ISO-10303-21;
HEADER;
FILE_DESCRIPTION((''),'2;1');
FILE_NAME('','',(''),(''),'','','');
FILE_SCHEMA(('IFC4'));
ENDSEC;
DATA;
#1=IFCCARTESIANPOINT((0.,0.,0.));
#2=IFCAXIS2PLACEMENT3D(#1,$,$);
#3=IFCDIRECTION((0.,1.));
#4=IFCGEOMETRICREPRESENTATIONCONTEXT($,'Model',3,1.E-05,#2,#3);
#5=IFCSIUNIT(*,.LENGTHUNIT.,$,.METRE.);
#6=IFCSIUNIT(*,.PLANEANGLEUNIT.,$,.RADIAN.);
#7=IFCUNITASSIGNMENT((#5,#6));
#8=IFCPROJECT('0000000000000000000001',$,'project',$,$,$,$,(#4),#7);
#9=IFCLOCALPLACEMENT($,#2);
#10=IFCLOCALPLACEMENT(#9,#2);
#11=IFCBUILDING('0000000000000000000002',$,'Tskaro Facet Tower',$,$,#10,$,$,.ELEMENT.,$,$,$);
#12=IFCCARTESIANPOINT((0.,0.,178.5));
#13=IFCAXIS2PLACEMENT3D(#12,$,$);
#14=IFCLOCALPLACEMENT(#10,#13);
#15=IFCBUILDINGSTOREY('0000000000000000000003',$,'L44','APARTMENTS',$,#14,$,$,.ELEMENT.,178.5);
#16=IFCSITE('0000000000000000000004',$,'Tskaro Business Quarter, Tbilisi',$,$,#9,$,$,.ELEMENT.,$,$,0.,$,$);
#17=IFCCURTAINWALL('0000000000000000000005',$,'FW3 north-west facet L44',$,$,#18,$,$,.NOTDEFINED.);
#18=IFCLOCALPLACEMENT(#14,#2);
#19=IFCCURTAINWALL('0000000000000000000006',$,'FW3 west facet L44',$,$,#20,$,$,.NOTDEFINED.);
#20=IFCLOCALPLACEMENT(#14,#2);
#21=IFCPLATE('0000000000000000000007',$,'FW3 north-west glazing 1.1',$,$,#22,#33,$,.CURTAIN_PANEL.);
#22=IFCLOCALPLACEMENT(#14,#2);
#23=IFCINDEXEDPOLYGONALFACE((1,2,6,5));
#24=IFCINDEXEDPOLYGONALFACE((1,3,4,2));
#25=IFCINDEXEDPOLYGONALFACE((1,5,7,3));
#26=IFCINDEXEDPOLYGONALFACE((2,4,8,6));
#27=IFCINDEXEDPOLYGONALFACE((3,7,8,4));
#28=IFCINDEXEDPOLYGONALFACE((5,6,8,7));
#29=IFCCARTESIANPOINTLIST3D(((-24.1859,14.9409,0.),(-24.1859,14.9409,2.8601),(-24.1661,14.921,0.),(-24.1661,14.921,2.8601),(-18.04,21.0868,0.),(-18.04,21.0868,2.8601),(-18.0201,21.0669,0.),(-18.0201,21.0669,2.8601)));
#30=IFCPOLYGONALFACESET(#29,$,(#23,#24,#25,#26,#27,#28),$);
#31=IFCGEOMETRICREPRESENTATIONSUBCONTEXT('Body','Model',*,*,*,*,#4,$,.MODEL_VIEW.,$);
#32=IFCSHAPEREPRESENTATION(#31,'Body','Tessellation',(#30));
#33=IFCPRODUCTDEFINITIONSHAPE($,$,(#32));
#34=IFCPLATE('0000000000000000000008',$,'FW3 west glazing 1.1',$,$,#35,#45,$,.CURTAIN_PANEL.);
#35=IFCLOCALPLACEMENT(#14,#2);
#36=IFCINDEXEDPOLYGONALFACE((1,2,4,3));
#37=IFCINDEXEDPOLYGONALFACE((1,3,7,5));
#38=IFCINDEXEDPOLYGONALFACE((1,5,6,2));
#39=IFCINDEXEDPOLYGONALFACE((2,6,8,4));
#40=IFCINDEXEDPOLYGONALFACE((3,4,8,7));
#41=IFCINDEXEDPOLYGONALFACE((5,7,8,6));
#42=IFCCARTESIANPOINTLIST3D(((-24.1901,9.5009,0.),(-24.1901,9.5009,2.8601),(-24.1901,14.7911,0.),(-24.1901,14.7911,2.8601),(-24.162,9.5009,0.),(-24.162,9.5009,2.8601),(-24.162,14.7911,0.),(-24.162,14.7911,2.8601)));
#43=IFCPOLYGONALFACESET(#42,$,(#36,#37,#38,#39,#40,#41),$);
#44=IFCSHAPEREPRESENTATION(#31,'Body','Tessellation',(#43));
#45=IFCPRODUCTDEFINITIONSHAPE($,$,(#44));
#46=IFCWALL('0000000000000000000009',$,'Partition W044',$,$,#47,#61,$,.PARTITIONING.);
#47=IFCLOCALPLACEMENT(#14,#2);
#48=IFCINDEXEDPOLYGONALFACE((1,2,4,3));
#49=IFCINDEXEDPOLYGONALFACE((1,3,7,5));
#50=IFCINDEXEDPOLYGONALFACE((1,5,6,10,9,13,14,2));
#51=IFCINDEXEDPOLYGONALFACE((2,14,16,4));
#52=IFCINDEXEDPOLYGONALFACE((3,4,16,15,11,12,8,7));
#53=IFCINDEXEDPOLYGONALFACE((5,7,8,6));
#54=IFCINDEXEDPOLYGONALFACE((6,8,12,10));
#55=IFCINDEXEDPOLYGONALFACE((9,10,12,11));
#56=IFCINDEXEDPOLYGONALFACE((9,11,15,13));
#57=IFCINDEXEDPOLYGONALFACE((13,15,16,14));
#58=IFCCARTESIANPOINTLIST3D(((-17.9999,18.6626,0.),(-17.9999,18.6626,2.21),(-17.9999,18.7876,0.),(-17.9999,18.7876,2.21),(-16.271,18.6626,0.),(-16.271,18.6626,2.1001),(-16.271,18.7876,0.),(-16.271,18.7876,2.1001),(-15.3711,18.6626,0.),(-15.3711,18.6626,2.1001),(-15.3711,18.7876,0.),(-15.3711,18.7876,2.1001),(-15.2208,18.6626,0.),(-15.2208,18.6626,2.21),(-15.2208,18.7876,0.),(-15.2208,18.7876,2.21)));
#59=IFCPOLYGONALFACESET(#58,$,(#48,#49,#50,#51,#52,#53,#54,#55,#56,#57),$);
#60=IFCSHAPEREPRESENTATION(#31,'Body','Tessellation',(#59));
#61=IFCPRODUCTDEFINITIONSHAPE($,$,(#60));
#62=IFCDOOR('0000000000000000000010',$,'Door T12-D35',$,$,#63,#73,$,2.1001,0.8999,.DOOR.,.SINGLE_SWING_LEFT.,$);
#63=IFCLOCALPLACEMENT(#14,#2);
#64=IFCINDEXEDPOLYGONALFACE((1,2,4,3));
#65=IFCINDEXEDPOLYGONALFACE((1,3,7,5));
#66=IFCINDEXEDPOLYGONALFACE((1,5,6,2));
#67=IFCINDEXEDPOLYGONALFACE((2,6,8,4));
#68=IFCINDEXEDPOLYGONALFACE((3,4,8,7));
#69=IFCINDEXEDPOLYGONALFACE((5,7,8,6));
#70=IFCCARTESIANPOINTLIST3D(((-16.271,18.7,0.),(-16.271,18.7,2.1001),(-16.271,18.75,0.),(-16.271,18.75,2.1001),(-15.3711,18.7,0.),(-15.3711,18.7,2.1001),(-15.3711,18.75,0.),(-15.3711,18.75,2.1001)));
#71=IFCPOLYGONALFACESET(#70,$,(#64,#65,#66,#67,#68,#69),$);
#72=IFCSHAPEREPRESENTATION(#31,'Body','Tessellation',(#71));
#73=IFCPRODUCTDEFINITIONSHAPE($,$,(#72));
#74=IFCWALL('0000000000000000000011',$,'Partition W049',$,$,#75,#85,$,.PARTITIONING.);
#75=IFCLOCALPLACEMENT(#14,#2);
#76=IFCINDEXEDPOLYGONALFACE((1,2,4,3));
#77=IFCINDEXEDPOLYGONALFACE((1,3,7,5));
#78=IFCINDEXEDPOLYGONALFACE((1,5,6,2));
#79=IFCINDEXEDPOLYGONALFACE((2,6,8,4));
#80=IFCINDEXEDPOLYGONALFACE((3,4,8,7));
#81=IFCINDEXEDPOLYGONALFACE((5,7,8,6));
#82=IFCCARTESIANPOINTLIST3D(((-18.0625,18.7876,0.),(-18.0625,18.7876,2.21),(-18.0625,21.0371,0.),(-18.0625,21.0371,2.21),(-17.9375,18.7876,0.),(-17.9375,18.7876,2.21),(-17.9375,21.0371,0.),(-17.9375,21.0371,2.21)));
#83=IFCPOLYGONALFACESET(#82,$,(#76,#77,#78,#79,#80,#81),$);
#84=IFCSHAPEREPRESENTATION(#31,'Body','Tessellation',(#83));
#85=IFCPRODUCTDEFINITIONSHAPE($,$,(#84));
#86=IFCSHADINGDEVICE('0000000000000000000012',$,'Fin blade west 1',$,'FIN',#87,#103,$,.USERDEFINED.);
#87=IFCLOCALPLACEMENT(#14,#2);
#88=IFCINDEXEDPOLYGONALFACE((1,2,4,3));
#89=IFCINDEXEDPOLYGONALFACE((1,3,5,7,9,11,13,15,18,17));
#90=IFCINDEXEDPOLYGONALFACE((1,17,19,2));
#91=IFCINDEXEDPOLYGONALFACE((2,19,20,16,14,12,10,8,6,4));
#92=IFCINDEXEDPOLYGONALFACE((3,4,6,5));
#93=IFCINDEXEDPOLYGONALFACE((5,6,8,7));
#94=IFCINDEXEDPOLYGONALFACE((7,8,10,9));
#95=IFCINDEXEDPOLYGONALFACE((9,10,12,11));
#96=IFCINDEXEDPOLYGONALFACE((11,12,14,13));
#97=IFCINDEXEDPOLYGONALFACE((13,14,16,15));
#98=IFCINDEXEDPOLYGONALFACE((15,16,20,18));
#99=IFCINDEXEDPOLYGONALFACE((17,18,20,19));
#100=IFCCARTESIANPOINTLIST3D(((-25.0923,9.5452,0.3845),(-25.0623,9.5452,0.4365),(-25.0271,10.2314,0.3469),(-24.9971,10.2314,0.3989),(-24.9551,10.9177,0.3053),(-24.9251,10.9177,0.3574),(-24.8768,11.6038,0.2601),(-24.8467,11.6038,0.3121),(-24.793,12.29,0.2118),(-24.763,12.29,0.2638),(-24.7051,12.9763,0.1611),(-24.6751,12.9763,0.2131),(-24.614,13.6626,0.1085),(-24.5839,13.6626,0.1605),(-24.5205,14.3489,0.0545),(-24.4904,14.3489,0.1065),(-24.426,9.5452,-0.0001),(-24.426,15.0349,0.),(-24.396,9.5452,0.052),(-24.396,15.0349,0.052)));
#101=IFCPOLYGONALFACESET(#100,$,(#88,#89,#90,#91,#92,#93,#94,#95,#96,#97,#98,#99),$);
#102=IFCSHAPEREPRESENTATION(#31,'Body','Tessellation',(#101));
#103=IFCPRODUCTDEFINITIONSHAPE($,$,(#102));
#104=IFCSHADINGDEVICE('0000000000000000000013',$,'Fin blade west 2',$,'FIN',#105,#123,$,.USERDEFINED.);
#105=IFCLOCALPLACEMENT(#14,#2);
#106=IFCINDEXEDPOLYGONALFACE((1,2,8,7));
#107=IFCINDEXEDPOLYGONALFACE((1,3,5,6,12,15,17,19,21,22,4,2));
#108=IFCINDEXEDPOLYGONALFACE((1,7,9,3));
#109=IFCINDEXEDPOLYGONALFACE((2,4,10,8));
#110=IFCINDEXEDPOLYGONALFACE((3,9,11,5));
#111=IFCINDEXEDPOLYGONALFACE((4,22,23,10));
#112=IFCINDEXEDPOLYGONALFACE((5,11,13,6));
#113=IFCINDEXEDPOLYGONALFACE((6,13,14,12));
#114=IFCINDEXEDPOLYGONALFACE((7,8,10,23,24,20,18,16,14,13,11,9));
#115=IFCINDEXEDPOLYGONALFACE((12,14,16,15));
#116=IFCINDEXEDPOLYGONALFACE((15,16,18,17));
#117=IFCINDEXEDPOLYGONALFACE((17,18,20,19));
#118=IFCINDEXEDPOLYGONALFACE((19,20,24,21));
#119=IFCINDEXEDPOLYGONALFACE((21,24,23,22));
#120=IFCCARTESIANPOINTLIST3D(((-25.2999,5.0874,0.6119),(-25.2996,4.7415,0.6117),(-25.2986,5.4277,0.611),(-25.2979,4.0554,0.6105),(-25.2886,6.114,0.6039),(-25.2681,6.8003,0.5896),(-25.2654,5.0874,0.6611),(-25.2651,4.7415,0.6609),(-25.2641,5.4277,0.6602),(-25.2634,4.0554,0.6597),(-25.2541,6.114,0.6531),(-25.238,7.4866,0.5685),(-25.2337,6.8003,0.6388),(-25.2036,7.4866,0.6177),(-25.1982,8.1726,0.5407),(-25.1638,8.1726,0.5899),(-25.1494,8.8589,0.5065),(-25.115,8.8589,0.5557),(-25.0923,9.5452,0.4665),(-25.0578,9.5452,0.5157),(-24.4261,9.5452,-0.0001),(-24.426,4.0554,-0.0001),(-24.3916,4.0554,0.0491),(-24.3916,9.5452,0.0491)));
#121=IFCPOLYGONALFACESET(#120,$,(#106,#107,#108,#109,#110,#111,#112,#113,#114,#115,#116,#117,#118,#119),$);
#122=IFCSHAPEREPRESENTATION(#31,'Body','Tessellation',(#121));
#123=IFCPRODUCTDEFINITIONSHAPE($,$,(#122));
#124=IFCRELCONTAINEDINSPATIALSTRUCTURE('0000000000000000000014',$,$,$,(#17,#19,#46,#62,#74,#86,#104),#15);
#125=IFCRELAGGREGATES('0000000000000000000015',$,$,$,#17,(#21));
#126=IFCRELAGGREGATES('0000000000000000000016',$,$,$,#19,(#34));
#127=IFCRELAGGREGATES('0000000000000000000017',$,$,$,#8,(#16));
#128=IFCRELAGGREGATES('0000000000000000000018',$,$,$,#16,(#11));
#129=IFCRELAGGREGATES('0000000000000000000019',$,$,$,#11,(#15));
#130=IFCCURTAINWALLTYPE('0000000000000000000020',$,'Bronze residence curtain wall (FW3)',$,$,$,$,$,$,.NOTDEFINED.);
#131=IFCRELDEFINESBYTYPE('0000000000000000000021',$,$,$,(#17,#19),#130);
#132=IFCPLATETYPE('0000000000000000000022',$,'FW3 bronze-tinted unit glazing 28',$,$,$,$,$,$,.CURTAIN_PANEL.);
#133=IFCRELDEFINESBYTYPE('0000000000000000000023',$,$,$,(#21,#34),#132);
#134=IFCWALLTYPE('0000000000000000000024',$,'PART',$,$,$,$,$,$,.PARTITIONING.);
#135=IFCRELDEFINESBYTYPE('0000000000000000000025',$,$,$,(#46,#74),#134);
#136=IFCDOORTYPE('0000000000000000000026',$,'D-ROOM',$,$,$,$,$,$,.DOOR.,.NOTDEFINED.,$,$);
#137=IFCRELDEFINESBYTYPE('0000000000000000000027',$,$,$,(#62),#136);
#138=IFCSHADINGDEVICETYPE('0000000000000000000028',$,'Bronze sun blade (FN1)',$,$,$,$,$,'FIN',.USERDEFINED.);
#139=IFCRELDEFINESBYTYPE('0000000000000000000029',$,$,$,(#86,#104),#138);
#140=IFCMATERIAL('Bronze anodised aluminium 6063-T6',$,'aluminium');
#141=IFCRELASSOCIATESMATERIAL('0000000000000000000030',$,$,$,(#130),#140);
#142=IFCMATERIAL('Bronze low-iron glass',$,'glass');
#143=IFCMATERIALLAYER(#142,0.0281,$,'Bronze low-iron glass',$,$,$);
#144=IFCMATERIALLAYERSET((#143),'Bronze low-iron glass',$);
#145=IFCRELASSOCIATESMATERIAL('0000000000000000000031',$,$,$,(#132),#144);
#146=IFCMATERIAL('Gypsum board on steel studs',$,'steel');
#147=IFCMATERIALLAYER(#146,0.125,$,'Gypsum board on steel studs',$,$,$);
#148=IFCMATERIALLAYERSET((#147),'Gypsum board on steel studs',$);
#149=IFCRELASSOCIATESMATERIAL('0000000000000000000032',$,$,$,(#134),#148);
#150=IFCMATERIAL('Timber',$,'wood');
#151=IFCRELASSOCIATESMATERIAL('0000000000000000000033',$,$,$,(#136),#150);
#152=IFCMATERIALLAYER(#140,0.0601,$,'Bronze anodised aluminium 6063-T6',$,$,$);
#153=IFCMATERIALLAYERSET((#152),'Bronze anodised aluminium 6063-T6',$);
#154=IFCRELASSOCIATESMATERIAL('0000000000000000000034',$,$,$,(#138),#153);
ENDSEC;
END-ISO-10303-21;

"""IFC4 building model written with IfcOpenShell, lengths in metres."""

from ifc_helpers import new_model, si_unit, direction, frame, frame_2d, origin, origin_2d, place, context, subcontext, project, spatial, polyline, rectangle, outline, extrude, material, layer, layer_set, type_object, element, fill, aggregate, save


model = new_model("IFC4")

# Units and contexts
model_context = context("Model", 3, precision=1e-05, world=origin(), true_north=direction((0.0, 1.0)))
body_context = subcontext(model_context, "Body", "Model", "MODEL_VIEW")
ifc_project = project(units=[si_unit("LENGTHUNIT", "METRE"), si_unit("PLANEANGLEUNIT", "RADIAN")], contexts=[model_context])

# Site, building, storey
site_placement = place(None, origin())
site = spatial("IfcSite", under=ifc_project, at=site_placement, Name="Tskaro Business Quarter, Tbilisi", CompositionType="ELEMENT", RefElevation=0.0)
building_placement = place(site_placement, origin())
building = spatial("IfcBuilding", under=site, at=building_placement, Name="Tskaro Facet Tower", CompositionType="ELEMENT")
storey_placement = place(building_placement, frame((0.0, 0.0, 178.5)))
storey = spatial("IfcBuildingStorey", under=building, at=storey_placement, Name="L44", Description="APARTMENTS", CompositionType="ELEMENT", Elevation=178.5)

# Curtain walls
ifc_material_1 = material(Name="Bronze anodised aluminium 6063-T6", Category="aluminium")
curtain_wall_type = type_object("IfcCurtainWallType", Name="Bronze residence curtain wall (FW3)", PredefinedType="NOTDEFINED", material=ifc_material_1)
curtain_wall_1_placement = place(storey_placement, origin())
curtain_wall_1 = element("IfcCurtainWall", 1, at=curtain_wall_1_placement, inside=storey, type_object=curtain_wall_type, Name="FW3 north-west facet L44", PredefinedType="NOTDEFINED")
curtain_wall_2_placement = place(storey_placement, origin())
curtain_wall_2 = element("IfcCurtainWall", 2, at=curtain_wall_2_placement, inside=storey, type_object=curtain_wall_type, Name="FW3 west facet L44", PredefinedType="NOTDEFINED")

# Plates
ifc_material_2 = material(Name="Bronze low-iron glass", Category="glass")
ifc_layer_1 = layer(ifc_material_2, 0.0281, Name="Bronze low-iron glass")
ifc_layer_set_1 = layer_set([ifc_layer_1], Name="Bronze low-iron glass")
plate_type = type_object("IfcPlateType", Name="FW3 bronze-tinted unit glazing 28", PredefinedType="CURTAIN_PANEL", material=ifc_layer_set_1)
plate_1_placement = place(storey_placement, frame((-21.103, 18.0039, 0.0), z_axis=(0.0, 0.0, 1.0), x_axis=(-0.707107, -0.707107, 0.0)))
plate_1 = element("IfcPlate", 3, at=plate_1_placement, type_object=plate_type, Name="FW3 north-west glazing 1.1", PredefinedType="CURTAIN_PANEL", context=body_context, shape_type="SweptSolid", body=[
    extrude(rectangle(XDim=8.6917, YDim=0.0281, at=origin_2d()), origin(), (0.0, 0.0, 1.0), 2.8601),
])
aggregate(curtain_wall_1, [plate_1])
plate_2_placement = place(storey_placement, frame((-24.176, 12.146, 0.0), z_axis=(0.0, 0.0, 1.0), x_axis=(0.0, -1.0, 0.0)))
plate_2 = element("IfcPlate", 4, at=plate_2_placement, type_object=plate_type, Name="FW3 west glazing 1.1", PredefinedType="CURTAIN_PANEL", context=body_context, shape_type="SweptSolid", body=[
    extrude(rectangle(XDim=5.2903, YDim=0.0281, at=origin_2d()), origin(), (0.0, 0.0, 1.0), 2.8601),
])
aggregate(curtain_wall_2, [plate_2])

# Wall, opening, door
ifc_material_3 = material(Name="Gypsum board on steel studs", Category="steel")
ifc_layer_2 = layer(ifc_material_3, 0.125, Name="Gypsum board on steel studs")
ifc_layer_set_2 = layer_set([ifc_layer_2], Name="Gypsum board on steel studs")
wall_type = type_object("IfcWallType", Name="PART", PredefinedType="PARTITIONING", material=ifc_layer_set_2)
wall_1_placement = place(storey_placement, frame((-18.0, 18.7251, 0.0), z_axis=(0.0, 0.0, 1.0), x_axis=(1.0, 0.0, 0.0)))
wall_1 = element("IfcWall", 5, at=wall_1_placement, inside=storey, type_object=wall_type, Name="Partition W044", PredefinedType="PARTITIONING", context=body_context, shape_type="SweptSolid", body=[
    extrude(rectangle(XDim=2.7791, YDim=0.125, at=frame_2d((1.3896, 0.0))), origin(), (0.0, 0.0, 1.0), 2.21),
])
opening_placement = place(wall_1_placement, frame((1.729, 0.0, 0.0)))
opening = element("IfcOpeningElement", 6, at=opening_placement, cuts=wall_1, PredefinedType="OPENING", context=body_context, shape_type="SweptSolid", body=[
    extrude(rectangle(XDim=0.8999, YDim=2.1001, at=frame_2d((0.45, 1.05))), frame((0.0, 0.0725, 0.0), z_axis=(0.0, -1.0, 0.0), x_axis=(1.0, 0.0, 0.0)), (0.0, 0.0, 1.0), 0.145),
])
ifc_material_4 = material(Name="Timber", Category="wood")
door_type = type_object("IfcDoorType", Name="D-ROOM", OperationType="NOTDEFINED", PredefinedType="DOOR", material=ifc_material_4)
door_placement = place(opening_placement, origin())
door = element("IfcDoor", 7, at=door_placement, inside=storey, type_object=door_type, Name="Door T12-D35", OperationType="SINGLE_SWING_LEFT", OverallHeight=2.1001, OverallWidth=0.8999, PredefinedType="DOOR", context=body_context, shape_type="SweptSolid", body=[
    extrude(rectangle(XDim=0.8999, YDim=2.1001, at=frame_2d((0.45, 1.05))), frame((0.0, 0.0249, 0.0), z_axis=(0.0, -1.0, 0.0), x_axis=(1.0, 0.0, 0.0)), (0.0, 0.0, 1.0), 0.05),
])
fill(opening, door)

# Wall
wall_2_placement = place(storey_placement, frame((-18.0, 18.7876, 0.0), z_axis=(0.0, 0.0, 1.0), x_axis=(0.0, 1.0, 0.0)))
element("IfcWall", 8, at=wall_2_placement, inside=storey, type_object=wall_type, Name="Partition W049", PredefinedType="PARTITIONING", context=body_context, shape_type="SweptSolid", body=[
    extrude(rectangle(XDim=2.2495, YDim=0.125, at=frame_2d((1.1248, 0.0))), origin(), (0.0, 0.0, 1.0), 2.21),
])

# Shading devices
ifc_layer_3 = layer(ifc_material_1, 0.0601, Name="Bronze anodised aluminium 6063-T6")
ifc_layer_set_3 = layer_set([ifc_layer_3], Name="Bronze anodised aluminium 6063-T6")
shading_device_type = type_object("IfcShadingDeviceType", Name="Bronze sun blade (FN1)", ElementType="FIN", PredefinedType="USERDEFINED", material=ifc_layer_set_3)
shading_device_1_placement = place(storey_placement, frame((-24.396, 15.0349, 0.052), z_axis=(0.499927, -0.00001, 0.866067), x_axis=(-0.000005, -1.0, -0.000009)))
element("IfcShadingDevice", 9, at=shading_device_1_placement, inside=storey, type_object=shading_device_type, Name="Fin blade west 1", ObjectType="FIN", PredefinedType="USERDEFINED", context=body_context, shape_type="SweptSolid", body=[
    extrude(outline(polyline([(0.0, 0.0), (5.4897, 0.0), (5.4897, -0.7693), (4.8035, -0.694), (4.1172, -0.6109), (3.4312, -0.5204), (2.7449, -0.4237), (2.0586, -0.3222), (1.3723, -0.217), (0.686, -0.109), (0.0, 0.0)])), origin(), (0.0, 0.0, -1.0), 0.0601),
])
shading_device_2_placement = place(storey_placement, frame((-24.3916, 9.5452, 0.0491), z_axis=(0.573647, 0.000006, 0.819102), x_axis=(0.000003, -1.0, 0.000005)))
element("IfcShadingDevice", 10, at=shading_device_2_placement, inside=storey, type_object=shading_device_type, Name="Fin blade west 2", ObjectType="FIN", PredefinedType="USERDEFINED", context=body_context, shape_type="SweptSolid", body=[
    extrude(outline(polyline([(0.0, 0.0), (5.4897, 0.0), (5.4897, -1.0644), (4.8037, -1.0665), (4.4578, -1.0668), (4.1174, -1.0653), (3.4312, -1.053), (2.7449, -1.0281), (2.0586, -0.9913), (1.3726, -0.9427), (0.6863, -0.8831), (0.0, -0.8134), (0.0, 0.0)])), origin(), (0.0, 0.0, -1.0), 0.0601),
])

save(model, "model.ifc")
